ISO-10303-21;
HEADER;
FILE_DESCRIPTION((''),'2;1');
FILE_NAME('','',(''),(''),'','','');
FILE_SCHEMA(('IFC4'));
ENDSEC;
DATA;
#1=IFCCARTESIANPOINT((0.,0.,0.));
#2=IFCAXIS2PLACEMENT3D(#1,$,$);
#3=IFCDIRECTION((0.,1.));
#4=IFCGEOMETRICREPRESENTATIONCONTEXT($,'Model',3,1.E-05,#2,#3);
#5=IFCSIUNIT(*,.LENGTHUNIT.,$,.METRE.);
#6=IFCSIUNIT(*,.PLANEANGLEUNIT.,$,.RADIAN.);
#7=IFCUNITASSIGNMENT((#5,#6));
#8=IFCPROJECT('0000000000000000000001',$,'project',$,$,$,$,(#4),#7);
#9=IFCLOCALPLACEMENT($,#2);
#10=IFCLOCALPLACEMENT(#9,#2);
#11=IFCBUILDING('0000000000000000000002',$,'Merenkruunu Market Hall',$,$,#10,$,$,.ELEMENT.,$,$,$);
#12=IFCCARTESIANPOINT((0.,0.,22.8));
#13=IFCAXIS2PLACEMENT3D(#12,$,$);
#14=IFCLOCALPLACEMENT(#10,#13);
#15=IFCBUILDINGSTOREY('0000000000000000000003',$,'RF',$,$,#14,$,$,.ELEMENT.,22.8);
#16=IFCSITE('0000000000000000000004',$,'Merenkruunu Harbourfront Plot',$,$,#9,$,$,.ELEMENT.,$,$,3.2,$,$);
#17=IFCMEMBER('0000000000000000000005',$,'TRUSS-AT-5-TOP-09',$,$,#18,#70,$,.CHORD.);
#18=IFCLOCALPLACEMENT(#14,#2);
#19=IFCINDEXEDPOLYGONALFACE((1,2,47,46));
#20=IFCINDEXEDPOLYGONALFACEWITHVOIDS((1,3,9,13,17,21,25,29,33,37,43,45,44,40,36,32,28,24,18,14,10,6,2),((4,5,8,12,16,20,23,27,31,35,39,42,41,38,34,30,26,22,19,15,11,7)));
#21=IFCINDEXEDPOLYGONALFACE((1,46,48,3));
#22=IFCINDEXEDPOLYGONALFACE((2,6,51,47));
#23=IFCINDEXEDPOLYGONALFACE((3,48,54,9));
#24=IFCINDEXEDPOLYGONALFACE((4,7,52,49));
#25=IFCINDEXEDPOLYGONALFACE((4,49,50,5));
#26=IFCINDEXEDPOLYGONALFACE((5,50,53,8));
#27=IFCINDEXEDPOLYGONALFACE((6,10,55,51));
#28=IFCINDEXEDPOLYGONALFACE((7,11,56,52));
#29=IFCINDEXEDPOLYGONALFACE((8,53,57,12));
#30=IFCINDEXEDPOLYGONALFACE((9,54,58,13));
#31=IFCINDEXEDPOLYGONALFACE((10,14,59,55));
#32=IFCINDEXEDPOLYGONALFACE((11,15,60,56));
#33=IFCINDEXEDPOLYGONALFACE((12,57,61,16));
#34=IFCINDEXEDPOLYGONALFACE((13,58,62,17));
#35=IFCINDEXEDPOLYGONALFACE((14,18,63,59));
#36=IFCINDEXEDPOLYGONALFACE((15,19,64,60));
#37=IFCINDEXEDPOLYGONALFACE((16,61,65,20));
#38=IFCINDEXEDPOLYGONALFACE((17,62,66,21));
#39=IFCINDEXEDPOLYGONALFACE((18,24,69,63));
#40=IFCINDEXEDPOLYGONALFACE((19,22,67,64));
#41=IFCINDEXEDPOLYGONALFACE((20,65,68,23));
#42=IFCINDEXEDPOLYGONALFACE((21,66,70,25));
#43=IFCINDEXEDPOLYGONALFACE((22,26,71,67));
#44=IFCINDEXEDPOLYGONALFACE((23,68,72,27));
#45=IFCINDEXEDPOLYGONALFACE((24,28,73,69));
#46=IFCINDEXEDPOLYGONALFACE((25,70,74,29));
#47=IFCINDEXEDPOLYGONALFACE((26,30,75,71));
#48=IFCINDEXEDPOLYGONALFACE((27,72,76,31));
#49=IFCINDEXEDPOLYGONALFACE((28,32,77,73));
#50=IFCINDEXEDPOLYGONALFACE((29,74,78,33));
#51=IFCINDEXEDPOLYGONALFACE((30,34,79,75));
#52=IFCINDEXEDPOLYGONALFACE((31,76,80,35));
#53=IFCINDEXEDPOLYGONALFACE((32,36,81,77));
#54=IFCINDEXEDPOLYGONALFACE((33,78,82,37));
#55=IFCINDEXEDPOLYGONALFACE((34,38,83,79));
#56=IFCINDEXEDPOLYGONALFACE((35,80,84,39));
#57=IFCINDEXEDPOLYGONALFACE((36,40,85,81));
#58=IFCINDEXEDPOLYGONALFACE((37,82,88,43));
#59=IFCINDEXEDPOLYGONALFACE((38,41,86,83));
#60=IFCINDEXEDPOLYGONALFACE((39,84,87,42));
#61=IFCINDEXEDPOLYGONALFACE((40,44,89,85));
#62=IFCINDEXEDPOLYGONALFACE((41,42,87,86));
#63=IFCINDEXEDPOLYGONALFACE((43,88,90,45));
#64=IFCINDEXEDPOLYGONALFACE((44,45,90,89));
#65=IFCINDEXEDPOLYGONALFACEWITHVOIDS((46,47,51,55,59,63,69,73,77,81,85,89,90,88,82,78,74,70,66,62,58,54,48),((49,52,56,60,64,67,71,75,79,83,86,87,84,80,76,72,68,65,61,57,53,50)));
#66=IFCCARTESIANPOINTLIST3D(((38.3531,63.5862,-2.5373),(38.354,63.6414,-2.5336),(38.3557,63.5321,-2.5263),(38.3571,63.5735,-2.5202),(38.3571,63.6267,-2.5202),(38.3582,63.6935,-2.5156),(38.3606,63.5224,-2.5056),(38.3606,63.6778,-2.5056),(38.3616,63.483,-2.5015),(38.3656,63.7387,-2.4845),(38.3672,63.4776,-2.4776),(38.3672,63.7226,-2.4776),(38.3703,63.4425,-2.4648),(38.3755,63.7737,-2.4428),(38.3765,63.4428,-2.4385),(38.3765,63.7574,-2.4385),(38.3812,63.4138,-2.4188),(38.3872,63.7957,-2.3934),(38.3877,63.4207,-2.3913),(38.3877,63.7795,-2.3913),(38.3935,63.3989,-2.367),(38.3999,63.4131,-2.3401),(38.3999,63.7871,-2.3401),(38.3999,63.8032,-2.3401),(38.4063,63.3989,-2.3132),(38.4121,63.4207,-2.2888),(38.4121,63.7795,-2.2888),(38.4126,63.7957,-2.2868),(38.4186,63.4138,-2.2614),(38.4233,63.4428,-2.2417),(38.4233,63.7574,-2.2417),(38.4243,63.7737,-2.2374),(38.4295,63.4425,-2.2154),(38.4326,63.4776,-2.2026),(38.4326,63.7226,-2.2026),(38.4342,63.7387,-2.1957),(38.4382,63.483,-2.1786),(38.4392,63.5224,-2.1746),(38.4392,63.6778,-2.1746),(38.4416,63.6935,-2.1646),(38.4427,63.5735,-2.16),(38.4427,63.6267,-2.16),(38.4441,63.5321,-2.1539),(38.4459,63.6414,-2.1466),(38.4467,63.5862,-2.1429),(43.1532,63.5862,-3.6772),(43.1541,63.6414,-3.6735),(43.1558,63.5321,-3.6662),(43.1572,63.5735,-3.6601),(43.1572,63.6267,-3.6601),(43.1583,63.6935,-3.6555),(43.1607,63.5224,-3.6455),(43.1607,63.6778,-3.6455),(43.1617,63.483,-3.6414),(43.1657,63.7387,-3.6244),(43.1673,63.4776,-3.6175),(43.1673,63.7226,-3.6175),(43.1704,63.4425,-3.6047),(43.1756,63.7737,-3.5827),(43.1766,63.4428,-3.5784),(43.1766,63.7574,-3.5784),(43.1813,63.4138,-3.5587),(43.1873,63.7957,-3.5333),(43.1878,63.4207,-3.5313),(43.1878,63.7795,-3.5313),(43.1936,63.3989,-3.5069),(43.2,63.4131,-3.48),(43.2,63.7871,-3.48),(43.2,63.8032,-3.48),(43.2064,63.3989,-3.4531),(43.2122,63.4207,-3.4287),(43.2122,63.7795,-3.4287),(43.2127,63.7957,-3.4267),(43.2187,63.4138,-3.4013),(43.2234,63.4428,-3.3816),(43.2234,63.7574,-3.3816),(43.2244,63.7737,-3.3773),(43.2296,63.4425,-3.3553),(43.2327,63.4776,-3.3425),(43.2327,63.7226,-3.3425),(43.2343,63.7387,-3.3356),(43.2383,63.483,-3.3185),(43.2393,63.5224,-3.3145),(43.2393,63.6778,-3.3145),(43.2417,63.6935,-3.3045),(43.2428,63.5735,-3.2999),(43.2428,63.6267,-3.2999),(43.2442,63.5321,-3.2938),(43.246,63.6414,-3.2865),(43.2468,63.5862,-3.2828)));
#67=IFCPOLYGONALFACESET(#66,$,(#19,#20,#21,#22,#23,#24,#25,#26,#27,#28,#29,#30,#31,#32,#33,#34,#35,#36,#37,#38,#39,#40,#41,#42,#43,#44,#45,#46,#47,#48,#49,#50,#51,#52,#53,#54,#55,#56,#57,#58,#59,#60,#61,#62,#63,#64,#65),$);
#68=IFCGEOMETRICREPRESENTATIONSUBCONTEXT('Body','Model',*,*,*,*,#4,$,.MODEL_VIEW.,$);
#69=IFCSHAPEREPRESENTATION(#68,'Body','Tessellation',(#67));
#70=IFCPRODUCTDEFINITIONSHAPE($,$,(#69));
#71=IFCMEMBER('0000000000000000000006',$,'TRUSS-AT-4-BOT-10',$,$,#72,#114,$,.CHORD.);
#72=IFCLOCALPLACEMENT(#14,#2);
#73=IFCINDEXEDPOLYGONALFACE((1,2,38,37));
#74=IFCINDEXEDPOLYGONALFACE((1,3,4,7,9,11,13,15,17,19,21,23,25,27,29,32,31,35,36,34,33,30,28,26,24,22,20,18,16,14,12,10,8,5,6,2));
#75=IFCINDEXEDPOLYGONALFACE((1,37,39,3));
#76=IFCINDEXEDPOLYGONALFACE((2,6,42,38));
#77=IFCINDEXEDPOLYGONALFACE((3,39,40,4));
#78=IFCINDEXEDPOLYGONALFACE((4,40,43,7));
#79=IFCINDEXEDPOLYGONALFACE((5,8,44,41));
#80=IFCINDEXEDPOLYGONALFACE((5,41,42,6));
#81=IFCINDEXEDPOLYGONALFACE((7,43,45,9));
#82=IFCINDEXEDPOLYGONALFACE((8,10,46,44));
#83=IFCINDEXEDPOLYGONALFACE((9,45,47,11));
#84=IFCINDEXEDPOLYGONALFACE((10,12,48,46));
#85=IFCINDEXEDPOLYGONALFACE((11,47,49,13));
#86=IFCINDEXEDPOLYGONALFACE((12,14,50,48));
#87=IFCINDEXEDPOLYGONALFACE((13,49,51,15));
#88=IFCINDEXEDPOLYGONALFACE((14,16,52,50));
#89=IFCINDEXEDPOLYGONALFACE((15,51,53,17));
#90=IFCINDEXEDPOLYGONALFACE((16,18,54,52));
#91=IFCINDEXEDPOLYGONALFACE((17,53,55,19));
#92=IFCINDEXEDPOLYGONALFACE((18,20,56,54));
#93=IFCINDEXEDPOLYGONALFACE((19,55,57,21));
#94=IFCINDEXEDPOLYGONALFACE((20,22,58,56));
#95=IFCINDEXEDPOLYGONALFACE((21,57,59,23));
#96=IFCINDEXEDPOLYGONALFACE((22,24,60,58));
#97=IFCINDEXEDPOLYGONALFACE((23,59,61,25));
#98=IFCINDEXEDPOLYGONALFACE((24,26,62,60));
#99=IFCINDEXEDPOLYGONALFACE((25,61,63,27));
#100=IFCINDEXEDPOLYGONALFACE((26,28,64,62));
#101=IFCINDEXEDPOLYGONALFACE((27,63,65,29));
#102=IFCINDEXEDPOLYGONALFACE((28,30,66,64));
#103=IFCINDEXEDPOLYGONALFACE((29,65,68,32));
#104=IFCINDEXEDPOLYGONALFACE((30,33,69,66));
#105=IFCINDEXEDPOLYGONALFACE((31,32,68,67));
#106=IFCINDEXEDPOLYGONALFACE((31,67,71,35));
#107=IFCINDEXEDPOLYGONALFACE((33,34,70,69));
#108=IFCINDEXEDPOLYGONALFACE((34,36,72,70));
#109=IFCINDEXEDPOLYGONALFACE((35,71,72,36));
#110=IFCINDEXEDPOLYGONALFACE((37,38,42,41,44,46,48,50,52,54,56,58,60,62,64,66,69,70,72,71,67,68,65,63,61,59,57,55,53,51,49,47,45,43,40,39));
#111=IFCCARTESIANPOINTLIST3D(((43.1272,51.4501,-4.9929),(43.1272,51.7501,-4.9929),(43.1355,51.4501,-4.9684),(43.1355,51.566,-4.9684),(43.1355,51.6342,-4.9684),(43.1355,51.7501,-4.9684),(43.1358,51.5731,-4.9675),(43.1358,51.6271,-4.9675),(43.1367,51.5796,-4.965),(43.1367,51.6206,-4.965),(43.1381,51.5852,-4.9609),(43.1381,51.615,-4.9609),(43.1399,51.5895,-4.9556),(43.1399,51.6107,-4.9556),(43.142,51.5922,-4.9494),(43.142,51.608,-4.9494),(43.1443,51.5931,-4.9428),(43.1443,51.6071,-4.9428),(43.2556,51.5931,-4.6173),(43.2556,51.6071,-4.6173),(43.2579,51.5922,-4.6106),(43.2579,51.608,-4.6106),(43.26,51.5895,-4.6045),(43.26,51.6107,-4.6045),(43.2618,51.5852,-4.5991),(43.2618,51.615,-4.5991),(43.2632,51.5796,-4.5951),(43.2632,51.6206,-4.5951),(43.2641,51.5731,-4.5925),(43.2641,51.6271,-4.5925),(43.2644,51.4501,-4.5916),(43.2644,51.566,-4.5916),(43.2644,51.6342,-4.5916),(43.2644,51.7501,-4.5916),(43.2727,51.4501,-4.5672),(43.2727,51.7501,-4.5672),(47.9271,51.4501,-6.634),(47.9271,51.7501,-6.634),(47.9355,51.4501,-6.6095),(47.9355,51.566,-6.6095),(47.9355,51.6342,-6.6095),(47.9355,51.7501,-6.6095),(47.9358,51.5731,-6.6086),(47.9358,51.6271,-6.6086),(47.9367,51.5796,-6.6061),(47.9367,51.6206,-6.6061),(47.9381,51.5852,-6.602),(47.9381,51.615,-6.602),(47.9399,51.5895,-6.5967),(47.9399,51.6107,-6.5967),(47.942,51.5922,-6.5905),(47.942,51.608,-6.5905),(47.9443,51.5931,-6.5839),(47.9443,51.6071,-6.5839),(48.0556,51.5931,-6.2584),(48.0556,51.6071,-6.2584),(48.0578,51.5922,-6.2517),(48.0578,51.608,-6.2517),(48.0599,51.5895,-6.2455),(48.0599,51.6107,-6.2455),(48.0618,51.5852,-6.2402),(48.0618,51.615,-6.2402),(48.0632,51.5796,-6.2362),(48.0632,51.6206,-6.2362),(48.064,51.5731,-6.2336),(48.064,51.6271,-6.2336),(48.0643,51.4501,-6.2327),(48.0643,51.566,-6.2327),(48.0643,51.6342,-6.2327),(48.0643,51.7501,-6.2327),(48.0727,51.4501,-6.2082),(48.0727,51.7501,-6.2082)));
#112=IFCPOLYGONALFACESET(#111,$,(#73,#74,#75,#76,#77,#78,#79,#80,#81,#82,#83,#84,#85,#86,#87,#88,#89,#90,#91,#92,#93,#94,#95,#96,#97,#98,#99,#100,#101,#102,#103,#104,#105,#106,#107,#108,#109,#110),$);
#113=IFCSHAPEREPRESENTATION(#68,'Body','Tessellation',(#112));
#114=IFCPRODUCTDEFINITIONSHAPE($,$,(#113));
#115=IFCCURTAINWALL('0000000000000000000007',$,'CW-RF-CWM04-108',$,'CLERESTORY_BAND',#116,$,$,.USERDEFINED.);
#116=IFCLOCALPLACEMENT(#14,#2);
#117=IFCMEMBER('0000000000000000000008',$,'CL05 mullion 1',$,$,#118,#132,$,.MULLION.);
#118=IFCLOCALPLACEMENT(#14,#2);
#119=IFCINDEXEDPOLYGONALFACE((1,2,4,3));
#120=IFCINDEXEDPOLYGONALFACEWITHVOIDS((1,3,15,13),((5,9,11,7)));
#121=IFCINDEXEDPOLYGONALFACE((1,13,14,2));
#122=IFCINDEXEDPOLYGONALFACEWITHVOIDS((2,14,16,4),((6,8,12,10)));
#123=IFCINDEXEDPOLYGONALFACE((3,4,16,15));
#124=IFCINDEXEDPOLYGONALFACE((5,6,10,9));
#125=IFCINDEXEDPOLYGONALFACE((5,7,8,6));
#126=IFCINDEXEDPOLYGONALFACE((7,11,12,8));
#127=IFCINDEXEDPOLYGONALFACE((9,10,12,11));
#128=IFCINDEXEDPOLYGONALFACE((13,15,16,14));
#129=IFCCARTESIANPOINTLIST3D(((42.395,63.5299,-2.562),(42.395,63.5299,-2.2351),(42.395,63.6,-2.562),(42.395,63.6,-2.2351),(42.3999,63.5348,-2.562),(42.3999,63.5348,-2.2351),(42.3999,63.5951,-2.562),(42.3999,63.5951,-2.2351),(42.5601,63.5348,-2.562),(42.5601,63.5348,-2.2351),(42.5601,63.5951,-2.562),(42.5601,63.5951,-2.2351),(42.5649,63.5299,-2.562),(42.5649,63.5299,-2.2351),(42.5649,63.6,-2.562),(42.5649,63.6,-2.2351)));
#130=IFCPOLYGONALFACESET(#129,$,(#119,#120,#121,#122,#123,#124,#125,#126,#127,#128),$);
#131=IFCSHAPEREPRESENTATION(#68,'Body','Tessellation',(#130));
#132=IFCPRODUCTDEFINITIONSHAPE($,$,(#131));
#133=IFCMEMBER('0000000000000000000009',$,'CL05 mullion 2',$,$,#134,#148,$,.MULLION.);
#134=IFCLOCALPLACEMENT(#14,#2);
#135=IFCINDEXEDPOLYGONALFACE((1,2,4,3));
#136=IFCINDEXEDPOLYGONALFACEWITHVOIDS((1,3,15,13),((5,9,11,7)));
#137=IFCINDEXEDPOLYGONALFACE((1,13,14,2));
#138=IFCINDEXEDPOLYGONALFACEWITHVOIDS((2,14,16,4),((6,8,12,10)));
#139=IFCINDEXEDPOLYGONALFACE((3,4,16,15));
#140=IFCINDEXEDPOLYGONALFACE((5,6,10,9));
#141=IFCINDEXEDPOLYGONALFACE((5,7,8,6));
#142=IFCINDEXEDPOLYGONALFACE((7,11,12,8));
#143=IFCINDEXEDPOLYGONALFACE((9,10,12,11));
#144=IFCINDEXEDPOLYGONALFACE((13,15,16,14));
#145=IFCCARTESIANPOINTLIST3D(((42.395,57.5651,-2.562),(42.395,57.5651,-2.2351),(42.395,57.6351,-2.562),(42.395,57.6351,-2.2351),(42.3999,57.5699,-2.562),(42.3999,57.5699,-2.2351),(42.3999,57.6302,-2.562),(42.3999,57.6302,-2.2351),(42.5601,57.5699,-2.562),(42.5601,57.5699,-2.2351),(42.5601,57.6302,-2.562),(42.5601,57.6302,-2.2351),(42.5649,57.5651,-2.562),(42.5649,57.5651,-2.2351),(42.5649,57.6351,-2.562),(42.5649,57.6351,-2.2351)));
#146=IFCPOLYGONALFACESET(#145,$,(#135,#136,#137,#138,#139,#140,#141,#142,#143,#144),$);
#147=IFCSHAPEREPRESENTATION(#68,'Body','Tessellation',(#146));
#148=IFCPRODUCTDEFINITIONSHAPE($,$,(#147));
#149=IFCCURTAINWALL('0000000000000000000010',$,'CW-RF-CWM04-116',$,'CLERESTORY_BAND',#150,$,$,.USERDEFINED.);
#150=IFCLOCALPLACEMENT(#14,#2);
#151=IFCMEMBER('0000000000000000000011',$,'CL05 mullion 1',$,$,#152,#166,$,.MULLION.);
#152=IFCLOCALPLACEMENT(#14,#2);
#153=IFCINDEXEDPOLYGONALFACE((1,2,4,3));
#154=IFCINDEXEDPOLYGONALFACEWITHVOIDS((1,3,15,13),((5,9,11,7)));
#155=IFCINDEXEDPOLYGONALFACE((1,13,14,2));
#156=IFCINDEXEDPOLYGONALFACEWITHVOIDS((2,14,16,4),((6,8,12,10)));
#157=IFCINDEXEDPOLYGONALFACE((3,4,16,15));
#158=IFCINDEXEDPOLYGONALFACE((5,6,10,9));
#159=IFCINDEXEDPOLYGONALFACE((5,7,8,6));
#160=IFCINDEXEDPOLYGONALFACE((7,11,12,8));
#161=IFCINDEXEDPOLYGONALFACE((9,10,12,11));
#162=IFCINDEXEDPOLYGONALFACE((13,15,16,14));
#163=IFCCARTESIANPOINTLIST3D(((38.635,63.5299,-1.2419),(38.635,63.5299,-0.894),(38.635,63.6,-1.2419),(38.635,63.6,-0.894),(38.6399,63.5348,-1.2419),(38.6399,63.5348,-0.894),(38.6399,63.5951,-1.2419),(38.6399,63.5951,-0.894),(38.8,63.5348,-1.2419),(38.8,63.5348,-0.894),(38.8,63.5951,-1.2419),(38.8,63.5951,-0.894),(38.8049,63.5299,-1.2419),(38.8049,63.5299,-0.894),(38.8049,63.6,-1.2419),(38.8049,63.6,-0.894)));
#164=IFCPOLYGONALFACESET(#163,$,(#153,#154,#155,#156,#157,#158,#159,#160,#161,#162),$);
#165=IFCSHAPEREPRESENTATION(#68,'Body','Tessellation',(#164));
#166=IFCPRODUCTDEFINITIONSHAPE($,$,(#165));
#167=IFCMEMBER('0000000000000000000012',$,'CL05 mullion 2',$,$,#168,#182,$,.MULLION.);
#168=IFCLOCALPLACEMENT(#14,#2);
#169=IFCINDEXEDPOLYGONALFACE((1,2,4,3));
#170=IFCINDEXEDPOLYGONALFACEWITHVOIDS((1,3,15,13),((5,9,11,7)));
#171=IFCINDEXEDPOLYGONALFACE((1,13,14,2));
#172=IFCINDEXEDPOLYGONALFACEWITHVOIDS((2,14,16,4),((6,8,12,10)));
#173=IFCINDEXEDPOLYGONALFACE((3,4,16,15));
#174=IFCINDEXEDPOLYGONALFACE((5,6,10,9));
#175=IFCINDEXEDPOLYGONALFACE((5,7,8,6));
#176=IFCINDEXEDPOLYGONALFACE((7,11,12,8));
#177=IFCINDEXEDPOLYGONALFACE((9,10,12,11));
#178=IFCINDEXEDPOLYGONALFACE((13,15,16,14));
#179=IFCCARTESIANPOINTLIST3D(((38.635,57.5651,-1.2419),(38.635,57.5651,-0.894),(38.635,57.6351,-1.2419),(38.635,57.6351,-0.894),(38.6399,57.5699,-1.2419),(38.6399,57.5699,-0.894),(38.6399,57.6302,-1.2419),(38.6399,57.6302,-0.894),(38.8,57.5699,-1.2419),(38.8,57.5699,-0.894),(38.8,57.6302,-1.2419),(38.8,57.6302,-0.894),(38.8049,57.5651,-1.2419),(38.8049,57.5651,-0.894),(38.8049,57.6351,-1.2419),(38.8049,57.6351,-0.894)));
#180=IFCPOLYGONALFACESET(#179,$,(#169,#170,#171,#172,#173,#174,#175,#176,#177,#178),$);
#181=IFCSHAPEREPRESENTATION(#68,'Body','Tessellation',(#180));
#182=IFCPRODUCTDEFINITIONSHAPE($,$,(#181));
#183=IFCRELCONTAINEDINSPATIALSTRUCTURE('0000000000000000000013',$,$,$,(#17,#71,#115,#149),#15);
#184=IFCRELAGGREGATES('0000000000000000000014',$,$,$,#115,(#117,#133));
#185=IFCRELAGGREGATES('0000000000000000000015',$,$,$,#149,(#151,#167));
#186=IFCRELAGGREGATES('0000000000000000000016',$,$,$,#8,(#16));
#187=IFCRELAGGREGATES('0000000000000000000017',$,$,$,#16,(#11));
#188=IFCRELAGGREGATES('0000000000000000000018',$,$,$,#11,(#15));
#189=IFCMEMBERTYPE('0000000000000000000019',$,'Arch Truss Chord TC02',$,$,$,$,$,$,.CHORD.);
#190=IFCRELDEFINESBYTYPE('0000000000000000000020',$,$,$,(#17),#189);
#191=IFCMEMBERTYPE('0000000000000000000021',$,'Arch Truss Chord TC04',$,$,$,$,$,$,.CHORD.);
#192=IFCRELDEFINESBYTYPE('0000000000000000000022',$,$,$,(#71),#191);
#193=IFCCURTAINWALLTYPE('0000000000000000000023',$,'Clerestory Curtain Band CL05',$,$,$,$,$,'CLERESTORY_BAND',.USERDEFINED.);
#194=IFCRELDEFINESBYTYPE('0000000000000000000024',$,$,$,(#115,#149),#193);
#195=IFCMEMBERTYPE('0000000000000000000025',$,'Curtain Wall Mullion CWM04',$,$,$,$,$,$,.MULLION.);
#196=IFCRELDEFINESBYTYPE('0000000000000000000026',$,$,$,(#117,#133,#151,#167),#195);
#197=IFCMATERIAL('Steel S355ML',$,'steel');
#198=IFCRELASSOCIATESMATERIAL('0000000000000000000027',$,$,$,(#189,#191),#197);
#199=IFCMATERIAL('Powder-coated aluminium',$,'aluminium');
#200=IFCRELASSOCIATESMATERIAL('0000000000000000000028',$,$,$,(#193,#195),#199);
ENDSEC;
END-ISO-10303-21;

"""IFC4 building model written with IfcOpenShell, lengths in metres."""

from ifc_helpers import new_model, si_unit, direction, frame, origin, origin_2d, place, context, subcontext, project, spatial, hollow_rectangle, hollow_circle, i_section, extrude, material, material_profile, profile_set, type_object, element, aggregate, save


model = new_model("IFC4")

# Units and contexts
model_context = context("Model", 3, precision=1e-05, world=origin(), true_north=direction((0.0, 1.0)))
body_context = subcontext(model_context, "Body", "Model", "MODEL_VIEW")
ifc_project = project(units=[si_unit("LENGTHUNIT", "METRE"), si_unit("PLANEANGLEUNIT", "RADIAN")], contexts=[model_context])

# Site, building, storey
site_placement = place(None, origin())
site = spatial("IfcSite", under=ifc_project, at=site_placement, Name="Merenkruunu Harbourfront Plot", CompositionType="ELEMENT", RefElevation=3.2)
building_placement = place(site_placement, origin())
building = spatial("IfcBuilding", under=site, at=building_placement, Name="Merenkruunu Market Hall", CompositionType="ELEMENT")
storey_placement = place(building_placement, frame((0.0, 0.0, 22.8)))
storey = spatial("IfcBuildingStorey", under=building, at=storey_placement, Name="RF", CompositionType="ELEMENT", Elevation=22.8)

# Members
ifc_material_1 = material(Name="Steel S355ML", Category="steel")
ifc_material_profile_1 = material_profile(ifc_material_1, hollow_circle(Radius=0.2031, WallThickness=0.0161, at=origin_2d()), Name="CHS 406.4x16")
ifc_profile_set_1 = profile_set([ifc_material_profile_1], Name="Steel S355ML")
member_type_1 = type_object("IfcMemberType", Name="Arch Truss Chord TC02", PredefinedType="CHORD", material=ifc_profile_set_1)
member_1_placement = place(storey_placement, frame((38.3999, 63.6001, -2.3401), z_axis=(0.972942, 0.0, -0.23105), x_axis=(0.0, 1.0, 0.0)))
element("IfcMember", 1, at=member_1_placement, inside=storey, type_object=member_type_1, Name="TRUSS-AT-5-TOP-09", PredefinedType="CHORD", context=body_context, shape_type="SweptSolid", body=[
    extrude(hollow_circle(Radius=0.2031, WallThickness=0.0161, at=origin_2d()), origin(), (0.0, 0.0, 1.0), 4.9336),
])
ifc_material_profile_2 = material_profile(ifc_material_1, i_section(OverallWidth=0.3, OverallDepth=0.45, WebThickness=0.0139, FlangeThickness=0.0259, FilletRadius=0.0271, at=origin_2d()), Name="HEB 450")
ifc_profile_set_2 = profile_set([ifc_material_profile_2], Name="Steel S355ML")
member_type_2 = type_object("IfcMemberType", Name="Arch Truss Chord TC04", PredefinedType="CHORD", material=ifc_profile_set_2)
member_2_placement = place(storey_placement, frame((43.2, 51.6001, -4.78), z_axis=(0.946225, 0.0, -0.32351), x_axis=(0.0, 1.0, 0.0)))
element("IfcMember", 2, at=member_2_placement, inside=storey, type_object=member_type_2, Name="TRUSS-AT-4-BOT-10", PredefinedType="CHORD", context=body_context, shape_type="SweptSolid", body=[
    extrude(i_section(OverallWidth=0.3, OverallDepth=0.45, WebThickness=0.0139, FlangeThickness=0.0259, FilletRadius=0.0271, at=origin_2d()), origin(), (0.0, 0.0, 1.0), 5.0728),
])

# Curtain walls, members
ifc_material_2 = material(Name="Powder-coated aluminium", Category="aluminium")
curtain_wall_type = type_object("IfcCurtainWallType", Name="Clerestory Curtain Band CL05", ElementType="CLERESTORY_BAND", PredefinedType="USERDEFINED", material=ifc_material_2)
curtain_wall_1_placement = place(storey_placement, origin())
curtain_wall_1 = element("IfcCurtainWall", 3, at=curtain_wall_1_placement, inside=storey, type_object=curtain_wall_type, Name="CW-RF-CWM04-108", ObjectType="CLERESTORY_BAND", PredefinedType="USERDEFINED")
ifc_material_profile_3 = material_profile(ifc_material_2, hollow_rectangle(XDim=0.0701, YDim=0.1699, WallThickness=0.0049, at=origin_2d()), Name="ALU 70x170x5")
ifc_profile_set_3 = profile_set([ifc_material_profile_3], Name="Powder-coated aluminium")
member_type_3 = type_object("IfcMemberType", Name="Curtain Wall Mullion CWM04", PredefinedType="MULLION", material=ifc_profile_set_3)
member_3_placement = place(storey_placement, frame((42.48, 63.5649, -2.562), z_axis=(0.0, 0.0, 1.0), x_axis=(0.0, -1.0, 0.0)))
member_3 = element("IfcMember", 4, at=member_3_placement, type_object=member_type_3, Name="CL05 mullion 1", PredefinedType="MULLION", context=body_context, shape_type="SweptSolid", body=[
    extrude(hollow_rectangle(XDim=0.0701, YDim=0.1699, WallThickness=0.0049, at=origin_2d()), origin(), (0.0, 0.0, 1.0), 0.3269),
])
member_4_placement = place(storey_placement, frame((42.48, 57.6001, -2.562), z_axis=(0.0, 0.0, 1.0), x_axis=(0.0, -1.0, 0.0)))
member_4 = element("IfcMember", 5, at=member_4_placement, type_object=member_type_3, Name="CL05 mullion 2", PredefinedType="MULLION", context=body_context, shape_type="SweptSolid", body=[
    extrude(hollow_rectangle(XDim=0.0701, YDim=0.1699, WallThickness=0.0049, at=origin_2d()), origin(), (0.0, 0.0, 1.0), 0.3269),
])
curtain_wall_2_placement = place(storey_placement, origin())
curtain_wall_2 = element("IfcCurtainWall", 6, at=curtain_wall_2_placement, inside=storey, type_object=curtain_wall_type, Name="CW-RF-CWM04-116", ObjectType="CLERESTORY_BAND", PredefinedType="USERDEFINED")
member_5_placement = place(storey_placement, frame((38.72, 63.5649, -1.2419), z_axis=(0.0, 0.0, 1.0), x_axis=(0.0, -1.0, 0.0)))
member_5 = element("IfcMember", 7, at=member_5_placement, type_object=member_type_3, Name="CL05 mullion 1", PredefinedType="MULLION", context=body_context, shape_type="SweptSolid", body=[
    extrude(hollow_rectangle(XDim=0.0701, YDim=0.1699, WallThickness=0.0049, at=origin_2d()), origin(), (0.0, 0.0, 1.0), 0.3479),
])
member_6_placement = place(storey_placement, frame((38.72, 57.6001, -1.2419), z_axis=(0.0, 0.0, 1.0), x_axis=(0.0, -1.0, 0.0)))
member_6 = element("IfcMember", 8, at=member_6_placement, type_object=member_type_3, Name="CL05 mullion 2", PredefinedType="MULLION", context=body_context, shape_type="SweptSolid", body=[
    extrude(hollow_rectangle(XDim=0.0701, YDim=0.1699, WallThickness=0.0049, at=origin_2d()), origin(), (0.0, 0.0, 1.0), 0.3479),
])

aggregate(curtain_wall_1, [member_3, member_4])
aggregate(curtain_wall_2, [member_5, member_6])

save(model, "model.ifc")
